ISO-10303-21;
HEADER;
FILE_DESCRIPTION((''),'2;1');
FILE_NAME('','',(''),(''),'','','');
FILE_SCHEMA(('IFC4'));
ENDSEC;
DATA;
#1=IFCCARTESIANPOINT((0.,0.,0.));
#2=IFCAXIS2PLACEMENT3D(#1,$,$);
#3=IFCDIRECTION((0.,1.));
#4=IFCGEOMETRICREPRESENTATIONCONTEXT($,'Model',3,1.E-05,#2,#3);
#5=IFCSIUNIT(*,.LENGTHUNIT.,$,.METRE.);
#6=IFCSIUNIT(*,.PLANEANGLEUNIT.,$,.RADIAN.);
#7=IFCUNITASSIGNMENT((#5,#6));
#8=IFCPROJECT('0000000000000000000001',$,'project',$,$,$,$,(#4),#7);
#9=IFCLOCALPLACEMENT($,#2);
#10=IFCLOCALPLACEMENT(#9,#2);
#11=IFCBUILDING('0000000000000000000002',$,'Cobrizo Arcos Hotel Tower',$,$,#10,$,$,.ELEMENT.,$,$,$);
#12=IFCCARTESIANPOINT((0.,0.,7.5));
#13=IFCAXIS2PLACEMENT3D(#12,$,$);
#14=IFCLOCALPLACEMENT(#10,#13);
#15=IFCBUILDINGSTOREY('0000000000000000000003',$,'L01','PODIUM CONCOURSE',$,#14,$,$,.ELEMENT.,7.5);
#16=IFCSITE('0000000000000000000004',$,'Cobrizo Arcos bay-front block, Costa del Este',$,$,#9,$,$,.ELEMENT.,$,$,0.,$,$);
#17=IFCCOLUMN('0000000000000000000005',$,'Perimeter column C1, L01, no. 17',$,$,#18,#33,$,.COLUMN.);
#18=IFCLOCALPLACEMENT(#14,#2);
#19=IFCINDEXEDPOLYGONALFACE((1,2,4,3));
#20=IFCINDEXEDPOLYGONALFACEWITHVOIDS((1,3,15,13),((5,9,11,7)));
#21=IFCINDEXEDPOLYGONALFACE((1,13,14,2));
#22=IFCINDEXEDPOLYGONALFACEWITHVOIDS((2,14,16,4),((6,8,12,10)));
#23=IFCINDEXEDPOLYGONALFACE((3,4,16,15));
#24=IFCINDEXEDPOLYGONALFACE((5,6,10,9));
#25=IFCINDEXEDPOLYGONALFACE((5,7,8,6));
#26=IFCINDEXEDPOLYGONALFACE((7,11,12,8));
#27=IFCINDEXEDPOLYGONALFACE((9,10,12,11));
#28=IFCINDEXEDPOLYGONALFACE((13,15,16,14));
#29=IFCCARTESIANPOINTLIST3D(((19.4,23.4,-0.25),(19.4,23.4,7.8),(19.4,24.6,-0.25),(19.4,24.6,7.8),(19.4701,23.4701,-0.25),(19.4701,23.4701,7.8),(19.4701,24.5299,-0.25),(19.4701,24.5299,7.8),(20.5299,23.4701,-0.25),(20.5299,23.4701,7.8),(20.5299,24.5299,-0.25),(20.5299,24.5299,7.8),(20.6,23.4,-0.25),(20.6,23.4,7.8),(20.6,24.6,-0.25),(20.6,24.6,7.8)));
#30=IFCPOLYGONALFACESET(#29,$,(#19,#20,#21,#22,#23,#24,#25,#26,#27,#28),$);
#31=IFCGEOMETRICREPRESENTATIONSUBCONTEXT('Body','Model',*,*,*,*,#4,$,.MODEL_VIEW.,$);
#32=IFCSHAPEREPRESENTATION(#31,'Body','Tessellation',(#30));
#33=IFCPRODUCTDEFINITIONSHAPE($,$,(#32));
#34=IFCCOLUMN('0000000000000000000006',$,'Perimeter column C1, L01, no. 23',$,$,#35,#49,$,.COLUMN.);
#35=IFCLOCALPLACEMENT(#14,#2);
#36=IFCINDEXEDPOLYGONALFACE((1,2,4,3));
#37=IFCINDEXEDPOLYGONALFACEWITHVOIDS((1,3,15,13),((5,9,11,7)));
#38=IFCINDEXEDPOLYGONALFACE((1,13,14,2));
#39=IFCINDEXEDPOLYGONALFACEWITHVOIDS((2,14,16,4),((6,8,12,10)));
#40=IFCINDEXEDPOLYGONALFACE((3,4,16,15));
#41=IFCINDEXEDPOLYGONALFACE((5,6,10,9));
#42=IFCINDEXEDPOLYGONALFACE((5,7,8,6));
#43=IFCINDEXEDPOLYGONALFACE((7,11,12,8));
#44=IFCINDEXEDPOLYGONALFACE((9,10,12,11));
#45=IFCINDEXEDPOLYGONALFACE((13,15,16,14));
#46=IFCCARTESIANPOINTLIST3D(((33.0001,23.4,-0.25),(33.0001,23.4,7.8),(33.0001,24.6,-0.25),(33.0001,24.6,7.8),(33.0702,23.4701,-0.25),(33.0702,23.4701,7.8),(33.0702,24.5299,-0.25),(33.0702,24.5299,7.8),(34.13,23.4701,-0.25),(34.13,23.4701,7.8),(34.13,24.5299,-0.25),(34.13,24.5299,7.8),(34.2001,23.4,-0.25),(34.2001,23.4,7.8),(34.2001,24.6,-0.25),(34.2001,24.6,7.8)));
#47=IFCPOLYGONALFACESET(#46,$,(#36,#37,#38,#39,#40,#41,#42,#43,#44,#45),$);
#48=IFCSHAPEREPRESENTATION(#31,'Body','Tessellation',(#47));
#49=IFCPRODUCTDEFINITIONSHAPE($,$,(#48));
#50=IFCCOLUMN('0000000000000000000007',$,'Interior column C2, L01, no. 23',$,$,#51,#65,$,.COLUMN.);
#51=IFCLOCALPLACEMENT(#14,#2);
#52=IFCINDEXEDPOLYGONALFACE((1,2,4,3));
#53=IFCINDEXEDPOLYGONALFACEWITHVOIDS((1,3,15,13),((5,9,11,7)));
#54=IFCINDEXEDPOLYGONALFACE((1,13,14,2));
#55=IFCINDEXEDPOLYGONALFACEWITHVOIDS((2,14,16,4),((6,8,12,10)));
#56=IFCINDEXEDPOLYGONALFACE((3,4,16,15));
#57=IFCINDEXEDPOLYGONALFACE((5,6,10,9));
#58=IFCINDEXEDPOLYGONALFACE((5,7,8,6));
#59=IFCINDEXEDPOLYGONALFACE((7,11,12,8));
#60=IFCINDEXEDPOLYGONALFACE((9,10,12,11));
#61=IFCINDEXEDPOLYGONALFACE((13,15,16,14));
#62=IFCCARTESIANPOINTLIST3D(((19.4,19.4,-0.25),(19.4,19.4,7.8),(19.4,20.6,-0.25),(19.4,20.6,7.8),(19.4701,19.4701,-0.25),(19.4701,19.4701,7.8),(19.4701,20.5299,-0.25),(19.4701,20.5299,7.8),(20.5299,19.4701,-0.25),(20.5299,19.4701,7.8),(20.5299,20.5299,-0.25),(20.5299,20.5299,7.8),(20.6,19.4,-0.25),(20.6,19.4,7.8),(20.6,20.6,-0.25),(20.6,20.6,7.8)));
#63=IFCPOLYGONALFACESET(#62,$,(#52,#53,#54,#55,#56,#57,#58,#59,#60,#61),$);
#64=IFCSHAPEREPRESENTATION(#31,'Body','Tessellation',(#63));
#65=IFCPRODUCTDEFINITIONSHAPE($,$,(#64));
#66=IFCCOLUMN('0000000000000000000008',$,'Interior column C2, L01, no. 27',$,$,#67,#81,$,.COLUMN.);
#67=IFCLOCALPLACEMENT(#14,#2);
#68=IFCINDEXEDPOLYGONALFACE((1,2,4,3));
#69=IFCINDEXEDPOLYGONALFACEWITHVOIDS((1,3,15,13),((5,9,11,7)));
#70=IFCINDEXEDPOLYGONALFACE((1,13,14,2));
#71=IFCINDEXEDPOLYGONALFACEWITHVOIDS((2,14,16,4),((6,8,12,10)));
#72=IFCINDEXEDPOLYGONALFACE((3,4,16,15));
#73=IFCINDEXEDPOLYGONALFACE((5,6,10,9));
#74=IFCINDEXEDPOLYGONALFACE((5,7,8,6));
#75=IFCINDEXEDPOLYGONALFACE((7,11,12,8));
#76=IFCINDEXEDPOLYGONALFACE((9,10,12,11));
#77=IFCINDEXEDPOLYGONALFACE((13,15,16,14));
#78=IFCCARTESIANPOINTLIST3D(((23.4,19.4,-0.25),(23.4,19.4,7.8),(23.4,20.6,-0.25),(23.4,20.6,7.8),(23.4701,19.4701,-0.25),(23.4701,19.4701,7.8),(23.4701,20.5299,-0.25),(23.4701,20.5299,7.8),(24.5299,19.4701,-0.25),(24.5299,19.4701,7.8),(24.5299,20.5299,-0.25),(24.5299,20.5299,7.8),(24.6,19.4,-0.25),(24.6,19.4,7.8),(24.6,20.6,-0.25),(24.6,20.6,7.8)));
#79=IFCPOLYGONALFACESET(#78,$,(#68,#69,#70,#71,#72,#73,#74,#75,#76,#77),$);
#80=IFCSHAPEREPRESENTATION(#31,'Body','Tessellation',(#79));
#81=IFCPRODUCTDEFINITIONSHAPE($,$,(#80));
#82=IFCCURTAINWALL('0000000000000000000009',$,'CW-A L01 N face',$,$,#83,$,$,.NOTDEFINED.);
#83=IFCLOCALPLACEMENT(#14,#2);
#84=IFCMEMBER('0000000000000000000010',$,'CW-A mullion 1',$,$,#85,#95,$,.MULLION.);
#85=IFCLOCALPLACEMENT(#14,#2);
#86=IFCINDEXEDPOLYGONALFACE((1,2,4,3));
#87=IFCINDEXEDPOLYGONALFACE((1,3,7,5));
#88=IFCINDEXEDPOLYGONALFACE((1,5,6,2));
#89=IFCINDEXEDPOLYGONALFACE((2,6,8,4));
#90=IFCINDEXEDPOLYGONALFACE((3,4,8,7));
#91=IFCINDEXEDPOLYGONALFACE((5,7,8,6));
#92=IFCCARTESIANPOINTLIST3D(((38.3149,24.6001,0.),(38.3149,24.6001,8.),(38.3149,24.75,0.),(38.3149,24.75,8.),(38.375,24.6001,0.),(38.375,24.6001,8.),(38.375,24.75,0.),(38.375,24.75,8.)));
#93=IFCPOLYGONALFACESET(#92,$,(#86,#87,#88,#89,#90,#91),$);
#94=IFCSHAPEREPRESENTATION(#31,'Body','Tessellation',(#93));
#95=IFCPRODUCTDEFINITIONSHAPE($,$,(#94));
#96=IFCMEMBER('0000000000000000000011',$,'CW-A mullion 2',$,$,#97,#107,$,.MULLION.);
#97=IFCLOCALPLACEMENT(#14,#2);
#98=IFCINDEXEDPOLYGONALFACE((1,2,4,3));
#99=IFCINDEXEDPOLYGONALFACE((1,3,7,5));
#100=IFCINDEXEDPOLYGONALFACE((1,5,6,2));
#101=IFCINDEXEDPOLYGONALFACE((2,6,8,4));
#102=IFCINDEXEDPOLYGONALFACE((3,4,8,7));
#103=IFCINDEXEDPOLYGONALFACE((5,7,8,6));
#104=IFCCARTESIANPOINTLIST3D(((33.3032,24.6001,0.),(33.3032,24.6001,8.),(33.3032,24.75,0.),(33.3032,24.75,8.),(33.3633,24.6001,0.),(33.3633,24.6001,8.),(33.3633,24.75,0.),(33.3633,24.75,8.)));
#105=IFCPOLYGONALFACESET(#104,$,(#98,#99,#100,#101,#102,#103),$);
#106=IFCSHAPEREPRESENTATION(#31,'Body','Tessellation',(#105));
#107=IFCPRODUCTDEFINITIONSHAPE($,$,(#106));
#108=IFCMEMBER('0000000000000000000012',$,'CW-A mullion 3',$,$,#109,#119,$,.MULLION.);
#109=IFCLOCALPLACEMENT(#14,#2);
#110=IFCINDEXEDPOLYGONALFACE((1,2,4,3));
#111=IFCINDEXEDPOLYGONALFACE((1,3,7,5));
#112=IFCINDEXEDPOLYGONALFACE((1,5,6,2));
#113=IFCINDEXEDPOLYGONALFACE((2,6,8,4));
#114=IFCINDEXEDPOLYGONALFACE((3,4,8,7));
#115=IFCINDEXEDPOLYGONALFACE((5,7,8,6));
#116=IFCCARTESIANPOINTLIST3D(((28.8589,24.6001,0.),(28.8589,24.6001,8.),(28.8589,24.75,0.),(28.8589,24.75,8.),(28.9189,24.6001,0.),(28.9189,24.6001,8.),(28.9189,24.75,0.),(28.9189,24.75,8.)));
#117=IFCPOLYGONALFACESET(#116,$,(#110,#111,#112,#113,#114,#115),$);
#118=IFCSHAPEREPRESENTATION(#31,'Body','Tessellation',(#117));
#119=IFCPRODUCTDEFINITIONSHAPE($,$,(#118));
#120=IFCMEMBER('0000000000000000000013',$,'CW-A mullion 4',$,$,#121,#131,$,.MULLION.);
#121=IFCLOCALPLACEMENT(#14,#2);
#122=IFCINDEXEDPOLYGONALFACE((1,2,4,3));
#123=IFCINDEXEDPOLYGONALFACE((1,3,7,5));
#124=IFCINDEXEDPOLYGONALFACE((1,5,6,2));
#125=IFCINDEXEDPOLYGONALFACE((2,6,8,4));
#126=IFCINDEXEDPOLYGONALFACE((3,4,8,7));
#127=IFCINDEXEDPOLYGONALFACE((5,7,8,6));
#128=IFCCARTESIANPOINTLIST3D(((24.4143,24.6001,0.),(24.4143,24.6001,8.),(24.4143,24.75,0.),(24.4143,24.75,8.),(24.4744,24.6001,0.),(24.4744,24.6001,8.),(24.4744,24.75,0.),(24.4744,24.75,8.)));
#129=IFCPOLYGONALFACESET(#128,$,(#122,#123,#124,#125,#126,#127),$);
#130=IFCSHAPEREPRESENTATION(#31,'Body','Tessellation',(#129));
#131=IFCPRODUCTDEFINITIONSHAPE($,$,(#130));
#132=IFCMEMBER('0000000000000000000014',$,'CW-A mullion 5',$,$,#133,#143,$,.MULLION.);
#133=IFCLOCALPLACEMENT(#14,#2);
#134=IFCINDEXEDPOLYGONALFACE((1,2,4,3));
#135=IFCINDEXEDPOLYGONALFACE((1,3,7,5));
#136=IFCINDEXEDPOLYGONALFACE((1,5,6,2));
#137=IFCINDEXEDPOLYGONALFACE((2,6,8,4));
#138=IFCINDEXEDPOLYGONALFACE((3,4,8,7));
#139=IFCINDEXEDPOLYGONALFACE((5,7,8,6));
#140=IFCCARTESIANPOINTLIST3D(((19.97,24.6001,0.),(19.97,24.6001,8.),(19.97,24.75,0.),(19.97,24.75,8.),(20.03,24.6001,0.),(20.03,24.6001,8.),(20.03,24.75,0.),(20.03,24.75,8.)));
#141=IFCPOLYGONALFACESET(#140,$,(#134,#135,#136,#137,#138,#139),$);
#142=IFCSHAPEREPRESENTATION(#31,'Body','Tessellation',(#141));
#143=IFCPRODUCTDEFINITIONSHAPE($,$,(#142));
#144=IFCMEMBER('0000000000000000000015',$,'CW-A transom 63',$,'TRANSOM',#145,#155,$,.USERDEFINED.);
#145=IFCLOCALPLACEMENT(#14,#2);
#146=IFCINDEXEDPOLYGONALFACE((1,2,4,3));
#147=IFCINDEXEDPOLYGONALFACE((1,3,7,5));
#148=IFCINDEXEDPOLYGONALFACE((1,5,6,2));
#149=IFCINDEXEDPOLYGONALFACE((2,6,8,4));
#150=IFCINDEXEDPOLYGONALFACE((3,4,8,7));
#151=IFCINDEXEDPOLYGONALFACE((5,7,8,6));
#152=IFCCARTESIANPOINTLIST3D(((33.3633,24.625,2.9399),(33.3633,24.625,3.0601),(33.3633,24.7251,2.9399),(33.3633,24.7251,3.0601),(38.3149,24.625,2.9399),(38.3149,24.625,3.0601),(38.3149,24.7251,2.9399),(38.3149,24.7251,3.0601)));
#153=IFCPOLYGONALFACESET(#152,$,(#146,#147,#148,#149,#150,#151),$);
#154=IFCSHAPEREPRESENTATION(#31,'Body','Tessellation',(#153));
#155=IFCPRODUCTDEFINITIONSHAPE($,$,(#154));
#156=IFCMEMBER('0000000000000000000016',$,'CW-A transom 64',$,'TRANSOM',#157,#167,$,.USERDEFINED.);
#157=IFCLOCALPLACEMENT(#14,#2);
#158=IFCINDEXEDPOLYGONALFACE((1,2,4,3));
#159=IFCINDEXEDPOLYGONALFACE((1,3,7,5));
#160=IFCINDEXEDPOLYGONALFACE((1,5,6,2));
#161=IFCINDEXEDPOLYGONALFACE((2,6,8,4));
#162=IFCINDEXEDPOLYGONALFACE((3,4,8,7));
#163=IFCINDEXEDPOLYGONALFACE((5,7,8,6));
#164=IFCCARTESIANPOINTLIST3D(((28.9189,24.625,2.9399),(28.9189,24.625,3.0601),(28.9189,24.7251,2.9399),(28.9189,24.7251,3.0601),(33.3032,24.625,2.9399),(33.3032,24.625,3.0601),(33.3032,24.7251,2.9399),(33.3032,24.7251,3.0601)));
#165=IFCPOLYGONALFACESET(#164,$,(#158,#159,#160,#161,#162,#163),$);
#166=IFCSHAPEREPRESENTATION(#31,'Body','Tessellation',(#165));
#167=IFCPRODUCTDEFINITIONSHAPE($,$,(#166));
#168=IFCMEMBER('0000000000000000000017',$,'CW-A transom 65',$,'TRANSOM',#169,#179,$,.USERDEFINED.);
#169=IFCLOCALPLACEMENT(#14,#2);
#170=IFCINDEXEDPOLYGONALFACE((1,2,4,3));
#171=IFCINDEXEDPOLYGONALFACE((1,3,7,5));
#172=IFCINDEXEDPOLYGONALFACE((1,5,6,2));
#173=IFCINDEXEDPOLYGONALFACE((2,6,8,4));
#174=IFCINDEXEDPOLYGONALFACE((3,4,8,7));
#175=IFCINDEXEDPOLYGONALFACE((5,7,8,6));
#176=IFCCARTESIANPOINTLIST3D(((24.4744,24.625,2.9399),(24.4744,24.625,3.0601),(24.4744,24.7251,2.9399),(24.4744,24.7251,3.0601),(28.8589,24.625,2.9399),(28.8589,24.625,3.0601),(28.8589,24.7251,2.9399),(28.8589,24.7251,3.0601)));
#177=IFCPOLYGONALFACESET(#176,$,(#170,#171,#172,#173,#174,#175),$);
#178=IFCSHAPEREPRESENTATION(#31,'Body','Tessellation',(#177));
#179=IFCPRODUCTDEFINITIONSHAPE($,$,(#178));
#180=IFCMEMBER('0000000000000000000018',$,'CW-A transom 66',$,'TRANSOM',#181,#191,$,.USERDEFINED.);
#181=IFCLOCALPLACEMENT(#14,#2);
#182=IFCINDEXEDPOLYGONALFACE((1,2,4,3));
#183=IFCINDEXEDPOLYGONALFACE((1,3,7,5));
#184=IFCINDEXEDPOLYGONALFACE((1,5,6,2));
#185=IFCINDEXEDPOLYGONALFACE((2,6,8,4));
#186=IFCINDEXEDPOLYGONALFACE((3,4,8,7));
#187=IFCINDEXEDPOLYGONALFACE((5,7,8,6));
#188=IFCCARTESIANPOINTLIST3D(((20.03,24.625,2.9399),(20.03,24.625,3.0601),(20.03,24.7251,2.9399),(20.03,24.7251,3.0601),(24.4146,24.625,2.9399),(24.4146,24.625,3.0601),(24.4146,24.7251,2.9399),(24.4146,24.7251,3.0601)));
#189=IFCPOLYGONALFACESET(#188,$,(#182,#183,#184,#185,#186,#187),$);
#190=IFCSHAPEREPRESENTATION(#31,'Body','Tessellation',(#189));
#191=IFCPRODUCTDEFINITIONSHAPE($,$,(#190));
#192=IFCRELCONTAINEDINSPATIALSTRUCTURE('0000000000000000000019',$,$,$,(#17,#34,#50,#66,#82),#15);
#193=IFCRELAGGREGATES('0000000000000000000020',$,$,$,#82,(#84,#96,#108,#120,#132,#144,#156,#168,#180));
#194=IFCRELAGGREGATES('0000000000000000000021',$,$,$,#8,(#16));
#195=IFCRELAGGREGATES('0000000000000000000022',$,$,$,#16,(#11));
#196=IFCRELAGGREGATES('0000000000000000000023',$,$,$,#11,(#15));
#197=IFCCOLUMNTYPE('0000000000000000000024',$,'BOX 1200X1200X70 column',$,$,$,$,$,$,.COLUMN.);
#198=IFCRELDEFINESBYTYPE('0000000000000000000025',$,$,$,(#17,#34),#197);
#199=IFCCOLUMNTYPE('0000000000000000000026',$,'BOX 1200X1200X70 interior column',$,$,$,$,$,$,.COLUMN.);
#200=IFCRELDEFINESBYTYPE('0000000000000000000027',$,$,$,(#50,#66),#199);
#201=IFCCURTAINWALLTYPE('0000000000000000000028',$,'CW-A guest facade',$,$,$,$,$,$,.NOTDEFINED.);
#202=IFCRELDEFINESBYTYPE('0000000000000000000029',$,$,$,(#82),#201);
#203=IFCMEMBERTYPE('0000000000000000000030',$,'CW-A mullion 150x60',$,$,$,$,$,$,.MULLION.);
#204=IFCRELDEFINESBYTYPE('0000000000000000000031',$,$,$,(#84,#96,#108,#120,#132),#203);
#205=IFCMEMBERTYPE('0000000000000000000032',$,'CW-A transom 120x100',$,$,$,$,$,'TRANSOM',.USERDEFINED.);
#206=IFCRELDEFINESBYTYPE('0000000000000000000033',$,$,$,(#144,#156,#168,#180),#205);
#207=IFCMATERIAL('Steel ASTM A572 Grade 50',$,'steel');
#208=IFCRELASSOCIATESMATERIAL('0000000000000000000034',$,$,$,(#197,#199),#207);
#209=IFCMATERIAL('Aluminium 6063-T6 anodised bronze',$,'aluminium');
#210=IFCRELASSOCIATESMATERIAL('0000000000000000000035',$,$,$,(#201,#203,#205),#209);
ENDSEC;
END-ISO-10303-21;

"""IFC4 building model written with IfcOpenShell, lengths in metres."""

from ifc_helpers import new_model, si_unit, direction, frame, origin, origin_2d, place, context, subcontext, project, spatial, rectangle, hollow_rectangle, extrude, material, material_profile, profile_set, type_object, element, aggregate, save


model = new_model("IFC4")

# Units and contexts
model_context = context("Model", 3, precision=1e-05, world=origin(), true_north=direction((0.0, 1.0)))
body_context = subcontext(model_context, "Body", "Model", "MODEL_VIEW")
ifc_project = project(units=[si_unit("LENGTHUNIT", "METRE"), si_unit("PLANEANGLEUNIT", "RADIAN")], contexts=[model_context])

# Site, building, storey
site_placement = place(None, origin())
site = spatial("IfcSite", under=ifc_project, at=site_placement, Name="Cobrizo Arcos bay-front block, Costa del Este", CompositionType="ELEMENT", RefElevation=0.0)
building_placement = place(site_placement, origin())
building = spatial("IfcBuilding", under=site, at=building_placement, Name="Cobrizo Arcos Hotel Tower", CompositionType="ELEMENT")
storey_placement = place(building_placement, frame((0.0, 0.0, 7.5)))
storey = spatial("IfcBuildingStorey", under=building, at=storey_placement, Name="L01", Description="PODIUM CONCOURSE", CompositionType="ELEMENT", Elevation=7.5)

# Columns
ifc_material_1 = material(Name="Steel ASTM A572 Grade 50", Category="steel")
ifc_material_profile_1 = material_profile(ifc_material_1, hollow_rectangle(XDim=1.2, YDim=1.2, WallThickness=0.0701, at=origin_2d()), Name="BOX 1200X1200X70")
ifc_profile_set_1 = profile_set([ifc_material_profile_1], Name="Steel ASTM A572 Grade 50")
column_type_1 = type_object("IfcColumnType", Name="BOX 1200X1200X70 column", PredefinedType="COLUMN", material=ifc_profile_set_1)
for number, where, z_axis, x_axis, name in (
    (1, (20.0, 24.0, -0.25), (0.0, 0.0, 1.0), (1.0, 0.0, 0.0), "Perimeter column C1, L01, no. 17"),
    (2, (33.6001, 24.0, -0.25), (0.0, 0.0, 1.0), (1.0, 0.0, 0.0), "Perimeter column C1, L01, no. 23"),
):
    element("IfcColumn", number, at=place(storey_placement, frame(where, z_axis=z_axis, x_axis=x_axis)), inside=storey, type_object=column_type_1, Name=name, PredefinedType="COLUMN", context=body_context, shape_type="SweptSolid", body=[
        extrude(hollow_rectangle(XDim=1.2, YDim=1.2, WallThickness=0.0701, at=origin_2d()), origin(), (0.0, 0.0, 1.0), 8.05),
    ])
ifc_material_profile_2 = material_profile(ifc_material_1, hollow_rectangle(XDim=1.2, YDim=1.2, WallThickness=0.0701, at=origin_2d()), Name="BOX 1200X1200X70")
ifc_profile_set_2 = profile_set([ifc_material_profile_2], Name="Steel ASTM A572 Grade 50")
column_type_2 = type_object("IfcColumnType", Name="BOX 1200X1200X70 interior column", PredefinedType="COLUMN", material=ifc_profile_set_2)
for number, where, z_axis, x_axis, name in (
    (3, (20.0, 20.0, -0.25), (0.0, 0.0, 1.0), (1.0, 0.0, 0.0), "Interior column C2, L01, no. 23"),
    (4, (24.0, 20.0, -0.25), (0.0, 0.0, 1.0), (1.0, 0.0, 0.0), "Interior column C2, L01, no. 27"),
):
    element("IfcColumn", number, at=place(storey_placement, frame(where, z_axis=z_axis, x_axis=x_axis)), inside=storey, type_object=column_type_2, Name=name, PredefinedType="COLUMN", context=body_context, shape_type="SweptSolid", body=[
        extrude(hollow_rectangle(XDim=1.2, YDim=1.2, WallThickness=0.0701, at=origin_2d()), origin(), (0.0, 0.0, 1.0), 8.05),
    ])

# Curtain wall, members
ifc_material_2 = material(Name="Aluminium 6063-T6 anodised bronze", Category="aluminium")
curtain_wall_type_1 = type_object("IfcCurtainWallType", Name="CW-A guest facade", PredefinedType="NOTDEFINED", material=ifc_material_2)
curtain_wall_1_placement = place(storey_placement, origin())
curtain_wall_1 = element("IfcCurtainWall", 5, at=curtain_wall_1_placement, inside=storey, type_object=curtain_wall_type_1, Name="CW-A L01 N face", PredefinedType="NOTDEFINED")
ifc_material_profile_3 = material_profile(ifc_material_2, rectangle(XDim=0.1499, YDim=0.0601, at=origin_2d()), Name="CW-A mullion 150x60")
ifc_profile_set_3 = profile_set([ifc_material_profile_3], Name="Aluminium 6063-T6 anodised bronze")
member_type_1 = type_object("IfcMemberType", Name="CW-A mullion 150x60", PredefinedType="MULLION", material=ifc_profile_set_3)
member_1_placement = place(storey_placement, frame((38.345, 24.675, 0.0), z_axis=(0.0, 0.0, 1.0), x_axis=(0.0, 1.0, 0.0)))
member_1 = element("IfcMember", 6, at=member_1_placement, type_object=member_type_1, Name="CW-A mullion 1", PredefinedType="MULLION", context=body_context, shape_type="SweptSolid", body=[
    extrude(rectangle(XDim=0.1499, YDim=0.0601, at=origin_2d()), origin(), (0.0, 0.0, 1.0), 8.0),
])
member_2_placement = place(storey_placement, frame((33.3333, 24.675, 0.0), z_axis=(0.0, 0.0, 1.0), x_axis=(0.0, 1.0, 0.0)))
member_2 = element("IfcMember", 7, at=member_2_placement, type_object=member_type_1, Name="CW-A mullion 2", PredefinedType="MULLION", context=body_context, shape_type="SweptSolid", body=[
    extrude(rectangle(XDim=0.1499, YDim=0.0601, at=origin_2d()), origin(), (0.0, 0.0, 1.0), 8.0),
])
member_3_placement = place(storey_placement, frame((28.8889, 24.675, 0.0), z_axis=(0.0, 0.0, 1.0), x_axis=(0.0, 1.0, 0.0)))
member_3 = element("IfcMember", 8, at=member_3_placement, type_object=member_type_1, Name="CW-A mullion 3", PredefinedType="MULLION", context=body_context, shape_type="SweptSolid", body=[
    extrude(rectangle(XDim=0.1499, YDim=0.0601, at=origin_2d()), origin(), (0.0, 0.0, 1.0), 8.0),
])
member_4_placement = place(storey_placement, frame((24.4443, 24.675, 0.0), z_axis=(0.0, 0.0, 1.0), x_axis=(0.0, 1.0, 0.0)))
member_4 = element("IfcMember", 9, at=member_4_placement, type_object=member_type_1, Name="CW-A mullion 4", PredefinedType="MULLION", context=body_context, shape_type="SweptSolid", body=[
    extrude(rectangle(XDim=0.1499, YDim=0.0601, at=origin_2d()), origin(), (0.0, 0.0, 1.0), 8.0),
])
member_5_placement = place(storey_placement, frame((20.0, 24.675, 0.0), z_axis=(0.0, 0.0, 1.0), x_axis=(0.0, 1.0, 0.0)))
member_5 = element("IfcMember", 10, at=member_5_placement, type_object=member_type_1, Name="CW-A mullion 5", PredefinedType="MULLION", context=body_context, shape_type="SweptSolid", body=[
    extrude(rectangle(XDim=0.1499, YDim=0.0601, at=origin_2d()), origin(), (0.0, 0.0, 1.0), 8.0),
])
ifc_material_profile_4 = material_profile(ifc_material_2, rectangle(XDim=0.1001, YDim=0.1201, at=origin_2d()), Name="CW-A transom 120x100")
ifc_profile_set_4 = profile_set([ifc_material_profile_4], Name="Aluminium 6063-T6 anodised bronze")
member_type_2 = type_object("IfcMemberType", Name="CW-A transom 120x100", ElementType="TRANSOM", PredefinedType="USERDEFINED", material=ifc_profile_set_4)
member_6_placement = place(storey_placement, frame((38.3149, 24.675, 3.0), z_axis=(-1.0, 0.0, 0.0), x_axis=(0.0, -1.0, 0.0)))
member_6 = element("IfcMember", 11, at=member_6_placement, type_object=member_type_2, Name="CW-A transom 63", ObjectType="TRANSOM", PredefinedType="USERDEFINED", context=body_context, shape_type="SweptSolid", body=[
    extrude(rectangle(XDim=0.1001, YDim=0.1201, at=origin_2d()), origin(), (0.0, 0.0, 1.0), 4.9517),
])
member_7_placement = place(storey_placement, frame((33.3032, 24.675, 3.0), z_axis=(-1.0, 0.0, 0.0), x_axis=(0.0, -1.0, 0.0)))
member_7 = element("IfcMember", 12, at=member_7_placement, type_object=member_type_2, Name="CW-A transom 64", ObjectType="TRANSOM", PredefinedType="USERDEFINED", context=body_context, shape_type="SweptSolid", body=[
    extrude(rectangle(XDim=0.1001, YDim=0.1201, at=origin_2d()), origin(), (0.0, 0.0, 1.0), 4.3843),
])
member_8_placement = place(storey_placement, frame((28.8589, 24.675, 3.0), z_axis=(-1.0, 0.0, 0.0), x_axis=(0.0, -1.0, 0.0)))
member_8 = element("IfcMember", 13, at=member_8_placement, type_object=member_type_2, Name="CW-A transom 65", ObjectType="TRANSOM", PredefinedType="USERDEFINED", context=body_context, shape_type="SweptSolid", body=[
    extrude(rectangle(XDim=0.1001, YDim=0.1201, at=origin_2d()), origin(), (0.0, 0.0, 1.0), 4.3845),
])
member_9_placement = place(storey_placement, frame((24.4146, 24.675, 3.0), z_axis=(-1.0, 0.0, 0.0), x_axis=(0.0, -1.0, 0.0)))
member_9 = element("IfcMember", 14, at=member_9_placement, type_object=member_type_2, Name="CW-A transom 66", ObjectType="TRANSOM", PredefinedType="USERDEFINED", context=body_context, shape_type="SweptSolid", body=[
    extrude(rectangle(XDim=0.1001, YDim=0.1201, at=origin_2d()), origin(), (0.0, 0.0, 1.0), 4.3845),
])

aggregate(curtain_wall_1, [member_1, member_2, member_3, member_4, member_5, member_6, member_7, member_8, member_9])

save(model, "model.ifc")
